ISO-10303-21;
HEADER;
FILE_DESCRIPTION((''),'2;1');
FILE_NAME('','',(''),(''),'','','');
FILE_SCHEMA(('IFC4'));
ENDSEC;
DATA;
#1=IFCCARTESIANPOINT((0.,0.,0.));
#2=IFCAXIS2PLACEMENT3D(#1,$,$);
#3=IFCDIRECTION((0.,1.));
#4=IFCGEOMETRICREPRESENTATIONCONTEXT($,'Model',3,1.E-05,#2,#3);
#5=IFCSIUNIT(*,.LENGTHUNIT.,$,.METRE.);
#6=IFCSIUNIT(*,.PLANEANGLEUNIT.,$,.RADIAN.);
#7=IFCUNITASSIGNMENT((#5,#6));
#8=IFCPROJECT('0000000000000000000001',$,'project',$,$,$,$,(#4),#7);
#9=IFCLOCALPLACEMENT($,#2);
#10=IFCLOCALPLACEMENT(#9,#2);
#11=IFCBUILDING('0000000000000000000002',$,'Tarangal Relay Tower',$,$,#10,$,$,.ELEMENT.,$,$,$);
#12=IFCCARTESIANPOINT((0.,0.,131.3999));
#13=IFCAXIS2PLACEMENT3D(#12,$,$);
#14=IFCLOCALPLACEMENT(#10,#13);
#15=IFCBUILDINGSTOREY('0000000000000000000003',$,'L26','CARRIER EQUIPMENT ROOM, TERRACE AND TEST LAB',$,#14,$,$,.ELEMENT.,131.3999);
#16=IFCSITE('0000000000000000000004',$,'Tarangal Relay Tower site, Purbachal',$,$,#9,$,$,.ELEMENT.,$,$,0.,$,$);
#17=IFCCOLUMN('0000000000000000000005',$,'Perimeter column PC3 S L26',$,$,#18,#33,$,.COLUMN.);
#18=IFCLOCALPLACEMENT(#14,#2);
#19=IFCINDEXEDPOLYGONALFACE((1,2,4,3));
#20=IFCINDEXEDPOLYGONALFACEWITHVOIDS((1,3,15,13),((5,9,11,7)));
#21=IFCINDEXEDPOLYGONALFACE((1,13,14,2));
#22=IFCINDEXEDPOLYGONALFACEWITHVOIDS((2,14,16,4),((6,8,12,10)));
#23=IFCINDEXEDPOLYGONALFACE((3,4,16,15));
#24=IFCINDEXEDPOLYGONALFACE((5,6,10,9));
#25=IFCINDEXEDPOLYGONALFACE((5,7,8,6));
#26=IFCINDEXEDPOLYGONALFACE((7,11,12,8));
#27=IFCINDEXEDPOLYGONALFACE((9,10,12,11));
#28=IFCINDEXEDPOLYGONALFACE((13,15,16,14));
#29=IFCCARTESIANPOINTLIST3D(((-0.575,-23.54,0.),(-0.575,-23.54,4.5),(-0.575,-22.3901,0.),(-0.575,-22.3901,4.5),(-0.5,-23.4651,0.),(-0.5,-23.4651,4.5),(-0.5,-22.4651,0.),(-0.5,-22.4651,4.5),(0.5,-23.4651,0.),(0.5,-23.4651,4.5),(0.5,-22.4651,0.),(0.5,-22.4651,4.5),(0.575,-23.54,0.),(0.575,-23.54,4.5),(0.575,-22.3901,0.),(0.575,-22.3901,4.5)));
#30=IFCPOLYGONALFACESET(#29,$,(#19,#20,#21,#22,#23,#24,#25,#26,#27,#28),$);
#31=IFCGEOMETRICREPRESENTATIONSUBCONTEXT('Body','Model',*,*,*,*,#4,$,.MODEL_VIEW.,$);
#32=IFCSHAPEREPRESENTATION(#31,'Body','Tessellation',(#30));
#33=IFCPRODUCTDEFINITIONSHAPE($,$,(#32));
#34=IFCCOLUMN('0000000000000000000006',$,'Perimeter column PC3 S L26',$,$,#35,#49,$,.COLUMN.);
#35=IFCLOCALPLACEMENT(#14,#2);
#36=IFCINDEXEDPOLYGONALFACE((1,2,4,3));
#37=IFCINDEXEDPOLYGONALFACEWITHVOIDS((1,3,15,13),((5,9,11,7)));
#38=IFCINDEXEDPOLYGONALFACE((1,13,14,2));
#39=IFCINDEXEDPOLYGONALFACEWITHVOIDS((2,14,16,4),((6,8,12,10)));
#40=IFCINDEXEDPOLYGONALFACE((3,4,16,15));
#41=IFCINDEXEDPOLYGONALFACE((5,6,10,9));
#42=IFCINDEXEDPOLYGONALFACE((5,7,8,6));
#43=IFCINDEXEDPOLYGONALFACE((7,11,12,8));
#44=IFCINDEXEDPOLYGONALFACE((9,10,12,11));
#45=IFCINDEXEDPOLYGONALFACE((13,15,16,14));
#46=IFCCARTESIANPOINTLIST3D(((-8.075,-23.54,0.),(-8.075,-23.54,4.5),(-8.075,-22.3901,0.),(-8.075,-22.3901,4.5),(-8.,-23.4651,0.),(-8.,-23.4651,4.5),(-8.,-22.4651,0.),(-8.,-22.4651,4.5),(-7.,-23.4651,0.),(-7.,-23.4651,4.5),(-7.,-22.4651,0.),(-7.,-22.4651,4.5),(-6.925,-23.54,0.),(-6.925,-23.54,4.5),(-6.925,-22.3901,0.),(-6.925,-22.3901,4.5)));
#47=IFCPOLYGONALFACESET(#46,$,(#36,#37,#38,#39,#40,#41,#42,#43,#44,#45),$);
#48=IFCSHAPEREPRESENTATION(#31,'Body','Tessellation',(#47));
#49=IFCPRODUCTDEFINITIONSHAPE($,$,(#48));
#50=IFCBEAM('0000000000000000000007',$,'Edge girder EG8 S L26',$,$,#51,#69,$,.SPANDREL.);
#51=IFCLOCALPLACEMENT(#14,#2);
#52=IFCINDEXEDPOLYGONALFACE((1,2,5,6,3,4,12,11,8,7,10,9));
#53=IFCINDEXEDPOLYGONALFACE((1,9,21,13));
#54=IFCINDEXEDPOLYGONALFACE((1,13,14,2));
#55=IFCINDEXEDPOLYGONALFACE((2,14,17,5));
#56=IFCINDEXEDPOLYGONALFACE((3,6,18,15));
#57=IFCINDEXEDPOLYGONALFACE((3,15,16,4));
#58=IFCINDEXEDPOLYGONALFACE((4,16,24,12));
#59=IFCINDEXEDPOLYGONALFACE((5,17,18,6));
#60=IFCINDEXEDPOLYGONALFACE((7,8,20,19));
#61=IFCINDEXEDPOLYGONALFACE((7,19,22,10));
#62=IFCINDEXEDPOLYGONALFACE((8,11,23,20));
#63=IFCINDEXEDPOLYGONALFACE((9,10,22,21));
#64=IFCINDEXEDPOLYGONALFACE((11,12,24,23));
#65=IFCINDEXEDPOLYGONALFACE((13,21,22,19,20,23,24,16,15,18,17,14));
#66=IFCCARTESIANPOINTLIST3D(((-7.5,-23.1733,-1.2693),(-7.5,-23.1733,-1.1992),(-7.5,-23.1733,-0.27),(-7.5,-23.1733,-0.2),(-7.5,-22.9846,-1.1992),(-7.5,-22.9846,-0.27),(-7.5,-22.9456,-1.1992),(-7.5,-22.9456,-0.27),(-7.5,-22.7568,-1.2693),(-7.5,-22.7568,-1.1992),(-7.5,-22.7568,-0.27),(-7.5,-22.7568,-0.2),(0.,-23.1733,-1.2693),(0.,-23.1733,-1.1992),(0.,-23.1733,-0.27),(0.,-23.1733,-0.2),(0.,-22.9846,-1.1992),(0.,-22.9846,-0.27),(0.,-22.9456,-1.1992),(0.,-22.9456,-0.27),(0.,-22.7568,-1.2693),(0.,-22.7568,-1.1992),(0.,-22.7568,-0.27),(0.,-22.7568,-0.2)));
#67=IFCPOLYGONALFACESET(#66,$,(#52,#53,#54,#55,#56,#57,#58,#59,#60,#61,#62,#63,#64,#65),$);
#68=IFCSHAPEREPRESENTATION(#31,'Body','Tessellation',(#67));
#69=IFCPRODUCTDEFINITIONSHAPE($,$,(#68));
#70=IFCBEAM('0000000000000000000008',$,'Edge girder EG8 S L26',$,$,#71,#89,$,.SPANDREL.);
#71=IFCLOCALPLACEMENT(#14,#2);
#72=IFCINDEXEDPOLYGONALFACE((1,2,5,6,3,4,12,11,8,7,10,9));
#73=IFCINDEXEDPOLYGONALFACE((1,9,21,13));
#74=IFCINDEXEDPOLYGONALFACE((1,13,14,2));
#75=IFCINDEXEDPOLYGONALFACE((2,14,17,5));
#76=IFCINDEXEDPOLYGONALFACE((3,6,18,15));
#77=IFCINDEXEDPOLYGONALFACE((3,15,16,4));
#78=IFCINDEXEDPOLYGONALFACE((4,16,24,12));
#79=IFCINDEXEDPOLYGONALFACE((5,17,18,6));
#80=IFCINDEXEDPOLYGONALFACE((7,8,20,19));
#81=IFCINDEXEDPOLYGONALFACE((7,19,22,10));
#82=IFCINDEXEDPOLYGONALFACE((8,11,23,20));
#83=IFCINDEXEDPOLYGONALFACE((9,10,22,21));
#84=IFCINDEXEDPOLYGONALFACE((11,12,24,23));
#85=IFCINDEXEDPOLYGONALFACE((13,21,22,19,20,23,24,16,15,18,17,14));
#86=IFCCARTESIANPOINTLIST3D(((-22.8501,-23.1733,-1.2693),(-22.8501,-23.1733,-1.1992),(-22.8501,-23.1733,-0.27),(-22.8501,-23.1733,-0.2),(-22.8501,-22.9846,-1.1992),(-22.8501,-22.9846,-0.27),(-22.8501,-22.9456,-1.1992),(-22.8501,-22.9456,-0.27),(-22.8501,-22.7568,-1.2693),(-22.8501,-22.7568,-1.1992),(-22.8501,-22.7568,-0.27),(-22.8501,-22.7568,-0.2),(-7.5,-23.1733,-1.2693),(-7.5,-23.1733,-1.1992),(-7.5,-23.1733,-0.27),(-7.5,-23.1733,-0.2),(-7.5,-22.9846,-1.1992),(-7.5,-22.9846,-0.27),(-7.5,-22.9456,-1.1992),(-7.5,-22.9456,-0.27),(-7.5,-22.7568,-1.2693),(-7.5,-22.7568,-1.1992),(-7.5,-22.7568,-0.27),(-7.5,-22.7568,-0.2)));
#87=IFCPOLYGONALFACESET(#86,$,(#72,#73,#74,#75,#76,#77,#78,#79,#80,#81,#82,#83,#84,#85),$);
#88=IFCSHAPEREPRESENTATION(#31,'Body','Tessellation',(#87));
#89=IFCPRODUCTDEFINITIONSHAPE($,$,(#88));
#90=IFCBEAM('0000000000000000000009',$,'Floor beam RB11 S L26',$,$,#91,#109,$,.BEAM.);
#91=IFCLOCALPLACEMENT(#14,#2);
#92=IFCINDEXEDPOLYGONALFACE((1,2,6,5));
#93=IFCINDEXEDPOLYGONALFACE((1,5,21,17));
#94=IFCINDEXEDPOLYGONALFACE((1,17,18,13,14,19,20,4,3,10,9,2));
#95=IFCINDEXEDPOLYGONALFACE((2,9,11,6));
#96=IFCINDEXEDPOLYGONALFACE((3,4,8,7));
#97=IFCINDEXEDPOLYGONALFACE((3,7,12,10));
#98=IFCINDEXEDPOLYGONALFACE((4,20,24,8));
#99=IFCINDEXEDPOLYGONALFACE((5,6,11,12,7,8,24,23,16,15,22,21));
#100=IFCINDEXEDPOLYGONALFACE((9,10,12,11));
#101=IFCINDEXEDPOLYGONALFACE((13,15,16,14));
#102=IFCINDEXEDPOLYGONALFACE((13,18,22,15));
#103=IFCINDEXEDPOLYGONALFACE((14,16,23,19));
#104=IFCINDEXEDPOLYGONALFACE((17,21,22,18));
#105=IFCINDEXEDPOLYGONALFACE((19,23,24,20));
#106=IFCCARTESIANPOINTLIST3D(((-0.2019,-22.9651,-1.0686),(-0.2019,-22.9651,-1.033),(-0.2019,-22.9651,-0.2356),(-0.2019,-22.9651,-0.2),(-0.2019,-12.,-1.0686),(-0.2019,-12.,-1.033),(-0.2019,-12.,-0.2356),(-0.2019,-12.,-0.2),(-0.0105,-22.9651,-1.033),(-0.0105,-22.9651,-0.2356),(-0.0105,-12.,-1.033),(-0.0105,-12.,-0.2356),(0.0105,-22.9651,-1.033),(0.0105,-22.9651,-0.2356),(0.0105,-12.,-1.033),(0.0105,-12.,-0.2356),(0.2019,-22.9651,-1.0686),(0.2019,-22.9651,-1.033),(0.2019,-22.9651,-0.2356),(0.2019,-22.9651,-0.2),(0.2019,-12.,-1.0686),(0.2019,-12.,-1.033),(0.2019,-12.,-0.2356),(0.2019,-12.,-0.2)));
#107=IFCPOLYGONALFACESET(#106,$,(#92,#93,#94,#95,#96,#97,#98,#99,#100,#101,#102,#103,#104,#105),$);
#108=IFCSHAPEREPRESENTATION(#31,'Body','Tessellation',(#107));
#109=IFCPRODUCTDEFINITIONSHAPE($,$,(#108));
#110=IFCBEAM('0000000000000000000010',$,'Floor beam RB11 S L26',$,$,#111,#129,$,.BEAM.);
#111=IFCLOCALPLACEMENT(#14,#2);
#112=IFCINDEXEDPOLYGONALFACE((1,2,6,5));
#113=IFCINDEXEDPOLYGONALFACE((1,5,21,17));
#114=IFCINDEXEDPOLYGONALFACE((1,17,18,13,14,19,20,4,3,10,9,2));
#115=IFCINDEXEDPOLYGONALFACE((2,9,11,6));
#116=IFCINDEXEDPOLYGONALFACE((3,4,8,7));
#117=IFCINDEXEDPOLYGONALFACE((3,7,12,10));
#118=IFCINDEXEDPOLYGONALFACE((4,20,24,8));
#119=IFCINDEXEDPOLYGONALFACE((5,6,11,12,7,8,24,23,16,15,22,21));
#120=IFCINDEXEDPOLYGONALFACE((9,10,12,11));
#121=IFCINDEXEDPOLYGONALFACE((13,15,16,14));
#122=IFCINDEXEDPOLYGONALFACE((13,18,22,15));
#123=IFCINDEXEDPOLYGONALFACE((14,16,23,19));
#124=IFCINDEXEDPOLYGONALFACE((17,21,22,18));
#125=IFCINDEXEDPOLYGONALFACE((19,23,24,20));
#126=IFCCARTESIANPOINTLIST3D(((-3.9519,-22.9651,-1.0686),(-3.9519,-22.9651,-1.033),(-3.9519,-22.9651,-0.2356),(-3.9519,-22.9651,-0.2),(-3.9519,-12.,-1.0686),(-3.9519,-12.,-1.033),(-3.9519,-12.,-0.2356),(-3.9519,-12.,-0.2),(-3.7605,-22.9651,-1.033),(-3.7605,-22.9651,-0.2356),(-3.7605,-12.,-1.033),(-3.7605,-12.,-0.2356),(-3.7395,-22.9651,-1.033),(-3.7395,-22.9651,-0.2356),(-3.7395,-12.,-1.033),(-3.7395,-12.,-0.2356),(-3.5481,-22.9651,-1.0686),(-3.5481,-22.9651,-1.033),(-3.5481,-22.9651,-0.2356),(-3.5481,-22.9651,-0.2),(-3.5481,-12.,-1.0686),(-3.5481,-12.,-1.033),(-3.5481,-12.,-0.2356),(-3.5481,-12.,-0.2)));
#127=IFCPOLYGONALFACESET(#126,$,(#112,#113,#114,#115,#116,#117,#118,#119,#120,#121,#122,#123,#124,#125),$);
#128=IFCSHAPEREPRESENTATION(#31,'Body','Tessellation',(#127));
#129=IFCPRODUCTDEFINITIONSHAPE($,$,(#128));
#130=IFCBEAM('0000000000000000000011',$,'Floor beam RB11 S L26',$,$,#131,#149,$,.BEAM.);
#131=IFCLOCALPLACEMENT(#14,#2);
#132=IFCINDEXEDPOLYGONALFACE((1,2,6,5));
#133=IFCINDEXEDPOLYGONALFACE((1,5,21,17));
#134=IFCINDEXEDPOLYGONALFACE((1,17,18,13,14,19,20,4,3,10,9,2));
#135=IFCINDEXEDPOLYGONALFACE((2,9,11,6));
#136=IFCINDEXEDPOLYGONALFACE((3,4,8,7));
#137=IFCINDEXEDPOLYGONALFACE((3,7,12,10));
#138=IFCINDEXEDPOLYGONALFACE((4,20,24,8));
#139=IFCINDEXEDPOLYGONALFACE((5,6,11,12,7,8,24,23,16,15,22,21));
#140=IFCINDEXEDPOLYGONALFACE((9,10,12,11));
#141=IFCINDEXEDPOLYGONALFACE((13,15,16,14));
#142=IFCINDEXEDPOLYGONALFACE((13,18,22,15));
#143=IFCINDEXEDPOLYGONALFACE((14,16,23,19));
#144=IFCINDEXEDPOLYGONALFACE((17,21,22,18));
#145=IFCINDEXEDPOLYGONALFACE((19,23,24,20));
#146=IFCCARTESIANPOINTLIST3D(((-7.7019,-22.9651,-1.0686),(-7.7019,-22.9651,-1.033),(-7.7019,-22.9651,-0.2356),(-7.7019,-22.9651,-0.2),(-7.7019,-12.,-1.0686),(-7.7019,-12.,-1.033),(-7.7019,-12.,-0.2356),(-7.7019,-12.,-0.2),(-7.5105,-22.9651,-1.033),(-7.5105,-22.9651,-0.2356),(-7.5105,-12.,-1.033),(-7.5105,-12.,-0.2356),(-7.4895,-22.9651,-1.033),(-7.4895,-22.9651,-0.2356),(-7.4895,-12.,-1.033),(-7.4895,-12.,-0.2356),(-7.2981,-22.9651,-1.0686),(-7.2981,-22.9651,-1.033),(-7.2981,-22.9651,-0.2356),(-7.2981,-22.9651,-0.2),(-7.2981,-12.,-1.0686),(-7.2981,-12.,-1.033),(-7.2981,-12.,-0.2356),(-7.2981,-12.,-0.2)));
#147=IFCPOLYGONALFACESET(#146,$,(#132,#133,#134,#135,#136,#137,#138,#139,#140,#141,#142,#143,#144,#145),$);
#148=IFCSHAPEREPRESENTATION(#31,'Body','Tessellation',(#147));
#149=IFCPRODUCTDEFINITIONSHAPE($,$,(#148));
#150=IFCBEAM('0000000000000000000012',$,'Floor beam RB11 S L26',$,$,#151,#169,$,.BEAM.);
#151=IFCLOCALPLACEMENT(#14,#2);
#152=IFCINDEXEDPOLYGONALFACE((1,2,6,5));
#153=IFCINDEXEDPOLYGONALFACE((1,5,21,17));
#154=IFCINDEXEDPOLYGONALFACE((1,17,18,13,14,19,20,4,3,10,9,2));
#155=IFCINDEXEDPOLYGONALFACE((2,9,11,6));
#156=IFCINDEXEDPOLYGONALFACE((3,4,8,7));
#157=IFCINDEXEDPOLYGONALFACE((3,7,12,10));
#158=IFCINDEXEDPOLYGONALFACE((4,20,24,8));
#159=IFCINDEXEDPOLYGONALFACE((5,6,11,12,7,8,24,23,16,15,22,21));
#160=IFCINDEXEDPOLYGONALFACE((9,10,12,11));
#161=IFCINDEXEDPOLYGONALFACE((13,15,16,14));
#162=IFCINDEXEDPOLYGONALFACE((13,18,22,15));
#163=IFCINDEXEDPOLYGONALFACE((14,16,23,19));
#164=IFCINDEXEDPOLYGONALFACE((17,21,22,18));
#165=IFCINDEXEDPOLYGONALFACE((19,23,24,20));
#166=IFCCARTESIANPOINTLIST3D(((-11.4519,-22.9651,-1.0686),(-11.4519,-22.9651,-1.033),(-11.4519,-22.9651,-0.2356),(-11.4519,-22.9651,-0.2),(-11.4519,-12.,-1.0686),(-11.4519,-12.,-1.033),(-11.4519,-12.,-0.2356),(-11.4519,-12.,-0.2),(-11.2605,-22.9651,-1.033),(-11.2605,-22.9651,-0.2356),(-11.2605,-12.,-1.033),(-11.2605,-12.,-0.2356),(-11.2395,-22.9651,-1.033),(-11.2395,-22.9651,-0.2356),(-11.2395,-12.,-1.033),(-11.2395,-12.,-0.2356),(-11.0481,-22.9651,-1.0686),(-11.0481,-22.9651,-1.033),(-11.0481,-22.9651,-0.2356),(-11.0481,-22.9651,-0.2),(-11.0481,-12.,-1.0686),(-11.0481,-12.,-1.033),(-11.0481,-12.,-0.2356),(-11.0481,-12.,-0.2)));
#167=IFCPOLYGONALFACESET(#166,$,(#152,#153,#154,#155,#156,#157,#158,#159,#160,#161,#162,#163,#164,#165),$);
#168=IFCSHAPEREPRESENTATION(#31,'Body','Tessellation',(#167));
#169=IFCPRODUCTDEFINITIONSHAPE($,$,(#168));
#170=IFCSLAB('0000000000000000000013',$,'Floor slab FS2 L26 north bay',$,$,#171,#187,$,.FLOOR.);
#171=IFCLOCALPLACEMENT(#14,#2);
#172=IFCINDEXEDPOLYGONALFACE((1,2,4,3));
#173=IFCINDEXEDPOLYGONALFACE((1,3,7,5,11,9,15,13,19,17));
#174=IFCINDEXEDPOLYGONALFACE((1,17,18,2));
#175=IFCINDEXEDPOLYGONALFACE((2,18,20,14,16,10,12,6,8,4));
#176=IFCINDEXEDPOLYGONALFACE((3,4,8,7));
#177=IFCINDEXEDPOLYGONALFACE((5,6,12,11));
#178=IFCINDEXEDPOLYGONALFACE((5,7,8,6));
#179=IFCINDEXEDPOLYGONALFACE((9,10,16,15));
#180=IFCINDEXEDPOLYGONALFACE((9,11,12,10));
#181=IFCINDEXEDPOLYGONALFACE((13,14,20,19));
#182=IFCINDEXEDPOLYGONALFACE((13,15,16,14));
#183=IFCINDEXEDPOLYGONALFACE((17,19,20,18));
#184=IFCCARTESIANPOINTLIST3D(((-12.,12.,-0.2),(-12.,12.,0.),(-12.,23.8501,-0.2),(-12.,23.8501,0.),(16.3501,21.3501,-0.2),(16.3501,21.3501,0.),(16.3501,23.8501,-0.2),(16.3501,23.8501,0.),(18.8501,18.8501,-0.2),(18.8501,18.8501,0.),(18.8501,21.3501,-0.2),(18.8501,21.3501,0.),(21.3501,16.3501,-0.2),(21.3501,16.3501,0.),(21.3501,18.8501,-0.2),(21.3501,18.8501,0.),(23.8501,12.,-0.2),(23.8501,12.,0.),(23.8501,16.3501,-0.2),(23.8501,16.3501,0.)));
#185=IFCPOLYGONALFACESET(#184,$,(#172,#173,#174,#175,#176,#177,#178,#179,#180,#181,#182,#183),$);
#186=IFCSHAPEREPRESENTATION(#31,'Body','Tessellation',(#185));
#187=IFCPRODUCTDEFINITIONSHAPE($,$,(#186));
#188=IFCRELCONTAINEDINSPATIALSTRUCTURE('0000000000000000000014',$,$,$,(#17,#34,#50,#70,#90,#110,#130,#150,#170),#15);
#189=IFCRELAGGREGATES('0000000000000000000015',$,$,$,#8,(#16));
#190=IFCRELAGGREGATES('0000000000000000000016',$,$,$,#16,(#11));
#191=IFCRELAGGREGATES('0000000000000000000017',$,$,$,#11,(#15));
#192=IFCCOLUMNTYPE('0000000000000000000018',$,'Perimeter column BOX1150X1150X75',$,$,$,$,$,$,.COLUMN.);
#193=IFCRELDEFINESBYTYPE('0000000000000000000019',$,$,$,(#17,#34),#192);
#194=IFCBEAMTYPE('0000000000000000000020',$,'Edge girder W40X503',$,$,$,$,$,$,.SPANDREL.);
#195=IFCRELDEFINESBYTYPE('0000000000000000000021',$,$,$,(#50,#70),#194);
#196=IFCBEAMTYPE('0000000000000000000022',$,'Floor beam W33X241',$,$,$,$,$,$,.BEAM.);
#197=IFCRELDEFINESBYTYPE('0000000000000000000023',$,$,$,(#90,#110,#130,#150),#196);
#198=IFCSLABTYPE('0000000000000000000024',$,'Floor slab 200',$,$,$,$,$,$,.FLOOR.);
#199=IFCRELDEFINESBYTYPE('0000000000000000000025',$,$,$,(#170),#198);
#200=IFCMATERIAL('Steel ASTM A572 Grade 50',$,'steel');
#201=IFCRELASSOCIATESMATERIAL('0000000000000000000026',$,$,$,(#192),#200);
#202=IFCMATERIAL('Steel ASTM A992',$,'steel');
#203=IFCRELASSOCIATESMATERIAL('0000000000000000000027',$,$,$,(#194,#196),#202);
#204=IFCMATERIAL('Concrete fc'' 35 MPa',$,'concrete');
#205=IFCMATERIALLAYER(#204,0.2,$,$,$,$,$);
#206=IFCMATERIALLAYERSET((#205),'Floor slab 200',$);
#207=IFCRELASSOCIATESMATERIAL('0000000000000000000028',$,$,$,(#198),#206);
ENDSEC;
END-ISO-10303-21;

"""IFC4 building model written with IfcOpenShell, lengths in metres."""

from ifc_helpers import new_model, si_unit, direction, frame, origin, origin_2d, place, context, subcontext, project, spatial, polyline, hollow_rectangle, i_section, outline, extrude, material, layer, layer_set, material_profile, profile_set, type_object, element, save


model = new_model("IFC4")

# Units and contexts
model_context = context("Model", 3, precision=1e-05, world=origin(), true_north=direction((0.0, 1.0)))
body_context = subcontext(model_context, "Body", "Model", "MODEL_VIEW")
ifc_project = project(units=[si_unit("LENGTHUNIT", "METRE"), si_unit("PLANEANGLEUNIT", "RADIAN")], contexts=[model_context])

# Site, building, storey
site_placement = place(None, origin())
site = spatial("IfcSite", under=ifc_project, at=site_placement, Name="Tarangal Relay Tower site, Purbachal", CompositionType="ELEMENT", RefElevation=0.0)
building_placement = place(site_placement, origin())
building = spatial("IfcBuilding", under=site, at=building_placement, Name="Tarangal Relay Tower", CompositionType="ELEMENT")
storey_placement = place(building_placement, frame((0.0, 0.0, 131.3999)))
storey = spatial("IfcBuildingStorey", under=building, at=storey_placement, Name="L26", Description="CARRIER EQUIPMENT ROOM, TERRACE AND TEST LAB", CompositionType="ELEMENT", Elevation=131.3999)

# Columns
ifc_material_1 = material(Name="Steel ASTM A572 Grade 50", Category="steel")
ifc_material_profile_1 = material_profile(ifc_material_1, hollow_rectangle(XDim=1.1499, YDim=1.1499, WallThickness=0.075, at=origin_2d()), Name="BOX1150X1150X75")
ifc_profile_set_1 = profile_set([ifc_material_profile_1], Name="Steel ASTM A572 Grade 50")
column_type = type_object("IfcColumnType", Name="Perimeter column BOX1150X1150X75", PredefinedType="COLUMN", material=ifc_profile_set_1)
for number, where, z_axis, x_axis, name in (
    (1, (0.0, -22.9651, 0.0), (0.0, 0.0, 1.0), (1.0, 0.0, 0.0), "Perimeter column PC3 S L26"),
    (2, (-7.5, -22.9651, 0.0), (0.0, 0.0, 1.0), (1.0, 0.0, 0.0), "Perimeter column PC3 S L26"),
):
    element("IfcColumn", number, at=place(storey_placement, frame(where, z_axis=z_axis, x_axis=x_axis)), inside=storey, type_object=column_type, Name=name, PredefinedType="COLUMN", context=body_context, shape_type="SweptSolid", body=[
        extrude(hollow_rectangle(XDim=1.1499, YDim=1.1499, WallThickness=0.075, at=origin_2d()), origin(), (0.0, 0.0, 1.0), 4.5),
    ])

# Beams
ifc_material_2 = material(Name="Steel ASTM A992", Category="steel")
ifc_material_profile_2 = material_profile(ifc_material_2, i_section(OverallWidth=0.4165, OverallDepth=1.0693, WebThickness=0.0391, FlangeThickness=0.0701, at=origin_2d()), Name="W40X503")
ifc_profile_set_2 = profile_set([ifc_material_profile_2], Name="Steel ASTM A992")
beam_type_1 = type_object("IfcBeamType", Name="Edge girder W40X503", PredefinedType="SPANDREL", material=ifc_profile_set_2)
beam_1_placement = place(storey_placement, frame((0.0, -22.9651, -0.7346), z_axis=(-1.0, 0.0, 0.0), x_axis=(0.0, -1.0, 0.0)))
element("IfcBeam", 3, at=beam_1_placement, inside=storey, type_object=beam_type_1, Name="Edge girder EG8 S L26", PredefinedType="SPANDREL", context=body_context, shape_type="SweptSolid", body=[
    extrude(i_section(OverallWidth=0.4165, OverallDepth=1.0693, WebThickness=0.0391, FlangeThickness=0.0701, at=origin_2d()), origin(), (0.0, 0.0, 1.0), 7.5),
])
beam_2_placement = place(storey_placement, frame((-7.5, -22.9651, -0.7346), z_axis=(-1.0, 0.0, 0.0), x_axis=(0.0, -1.0, 0.0)))
element("IfcBeam", 4, at=beam_2_placement, inside=storey, type_object=beam_type_1, Name="Edge girder EG8 S L26", PredefinedType="SPANDREL", context=body_context, shape_type="SweptSolid", body=[
    extrude(i_section(OverallWidth=0.4165, OverallDepth=1.0693, WebThickness=0.0391, FlangeThickness=0.0701, at=origin_2d()), origin(), (0.0, 0.0, 1.0), 15.3501),
])
ifc_material_profile_3 = material_profile(ifc_material_2, i_section(OverallWidth=0.4038, OverallDepth=0.8687, WebThickness=0.021, FlangeThickness=0.0356, at=origin_2d()), Name="W33X241")
ifc_profile_set_3 = profile_set([ifc_material_profile_3], Name="Steel ASTM A992")
beam_type_2 = type_object("IfcBeamType", Name="Floor beam W33X241", PredefinedType="BEAM", material=ifc_profile_set_3)
for number, where, z_axis, x_axis, name in (
    (5, (0.0, -12.0, -0.6343), (0.0, -1.0, 0.0), (1.0, 0.0, 0.0), "Floor beam RB11 S L26"),
    (6, (-3.75, -12.0, -0.6343), (0.0, -1.0, 0.0), (1.0, 0.0, 0.0), "Floor beam RB11 S L26"),
    (7, (-7.5, -12.0, -0.6343), (0.0, -1.0, 0.0), (1.0, 0.0, 0.0), "Floor beam RB11 S L26"),
    (8, (-11.25, -12.0, -0.6343), (0.0, -1.0, 0.0), (1.0, 0.0, 0.0), "Floor beam RB11 S L26"),
):
    element("IfcBeam", number, at=place(storey_placement, frame(where, z_axis=z_axis, x_axis=x_axis)), inside=storey, type_object=beam_type_2, Name=name, PredefinedType="BEAM", context=body_context, shape_type="SweptSolid", body=[
        extrude(i_section(OverallWidth=0.4038, OverallDepth=0.8687, WebThickness=0.021, FlangeThickness=0.0356, at=origin_2d()), origin(), (0.0, 0.0, 1.0), 10.9651),
    ])

# Slab
ifc_material_3 = material(Name="Concrete fc' 35 MPa", Category="concrete")
ifc_layer_1 = layer(ifc_material_3, 0.2)
ifc_layer_set_1 = layer_set([ifc_layer_1], Name="Floor slab 200")
slab_type = type_object("IfcSlabType", Name="Floor slab 200", PredefinedType="FLOOR", material=ifc_layer_set_1)
slab_1_placement = place(storey_placement, frame((0.0, 0.0, -0.2)))
element("IfcSlab", 9, at=slab_1_placement, inside=storey, type_object=slab_type, Name="Floor slab FS2 L26 north bay", PredefinedType="FLOOR", context=body_context, shape_type="SweptSolid", body=[
    extrude(outline(polyline([(16.3501, 23.8501), (16.3501, 21.3501), (18.8501, 21.3501), (18.8501, 18.8501), (21.3501, 18.8501), (21.3501, 16.3501), (23.8501, 16.3501), (23.8501, 12.0), (-12.0, 12.0), (-12.0, 23.8501), (16.3501, 23.8501)])), origin(), (0.0, 0.0, 1.0), 0.2),
])

save(model, "model.ifc")
